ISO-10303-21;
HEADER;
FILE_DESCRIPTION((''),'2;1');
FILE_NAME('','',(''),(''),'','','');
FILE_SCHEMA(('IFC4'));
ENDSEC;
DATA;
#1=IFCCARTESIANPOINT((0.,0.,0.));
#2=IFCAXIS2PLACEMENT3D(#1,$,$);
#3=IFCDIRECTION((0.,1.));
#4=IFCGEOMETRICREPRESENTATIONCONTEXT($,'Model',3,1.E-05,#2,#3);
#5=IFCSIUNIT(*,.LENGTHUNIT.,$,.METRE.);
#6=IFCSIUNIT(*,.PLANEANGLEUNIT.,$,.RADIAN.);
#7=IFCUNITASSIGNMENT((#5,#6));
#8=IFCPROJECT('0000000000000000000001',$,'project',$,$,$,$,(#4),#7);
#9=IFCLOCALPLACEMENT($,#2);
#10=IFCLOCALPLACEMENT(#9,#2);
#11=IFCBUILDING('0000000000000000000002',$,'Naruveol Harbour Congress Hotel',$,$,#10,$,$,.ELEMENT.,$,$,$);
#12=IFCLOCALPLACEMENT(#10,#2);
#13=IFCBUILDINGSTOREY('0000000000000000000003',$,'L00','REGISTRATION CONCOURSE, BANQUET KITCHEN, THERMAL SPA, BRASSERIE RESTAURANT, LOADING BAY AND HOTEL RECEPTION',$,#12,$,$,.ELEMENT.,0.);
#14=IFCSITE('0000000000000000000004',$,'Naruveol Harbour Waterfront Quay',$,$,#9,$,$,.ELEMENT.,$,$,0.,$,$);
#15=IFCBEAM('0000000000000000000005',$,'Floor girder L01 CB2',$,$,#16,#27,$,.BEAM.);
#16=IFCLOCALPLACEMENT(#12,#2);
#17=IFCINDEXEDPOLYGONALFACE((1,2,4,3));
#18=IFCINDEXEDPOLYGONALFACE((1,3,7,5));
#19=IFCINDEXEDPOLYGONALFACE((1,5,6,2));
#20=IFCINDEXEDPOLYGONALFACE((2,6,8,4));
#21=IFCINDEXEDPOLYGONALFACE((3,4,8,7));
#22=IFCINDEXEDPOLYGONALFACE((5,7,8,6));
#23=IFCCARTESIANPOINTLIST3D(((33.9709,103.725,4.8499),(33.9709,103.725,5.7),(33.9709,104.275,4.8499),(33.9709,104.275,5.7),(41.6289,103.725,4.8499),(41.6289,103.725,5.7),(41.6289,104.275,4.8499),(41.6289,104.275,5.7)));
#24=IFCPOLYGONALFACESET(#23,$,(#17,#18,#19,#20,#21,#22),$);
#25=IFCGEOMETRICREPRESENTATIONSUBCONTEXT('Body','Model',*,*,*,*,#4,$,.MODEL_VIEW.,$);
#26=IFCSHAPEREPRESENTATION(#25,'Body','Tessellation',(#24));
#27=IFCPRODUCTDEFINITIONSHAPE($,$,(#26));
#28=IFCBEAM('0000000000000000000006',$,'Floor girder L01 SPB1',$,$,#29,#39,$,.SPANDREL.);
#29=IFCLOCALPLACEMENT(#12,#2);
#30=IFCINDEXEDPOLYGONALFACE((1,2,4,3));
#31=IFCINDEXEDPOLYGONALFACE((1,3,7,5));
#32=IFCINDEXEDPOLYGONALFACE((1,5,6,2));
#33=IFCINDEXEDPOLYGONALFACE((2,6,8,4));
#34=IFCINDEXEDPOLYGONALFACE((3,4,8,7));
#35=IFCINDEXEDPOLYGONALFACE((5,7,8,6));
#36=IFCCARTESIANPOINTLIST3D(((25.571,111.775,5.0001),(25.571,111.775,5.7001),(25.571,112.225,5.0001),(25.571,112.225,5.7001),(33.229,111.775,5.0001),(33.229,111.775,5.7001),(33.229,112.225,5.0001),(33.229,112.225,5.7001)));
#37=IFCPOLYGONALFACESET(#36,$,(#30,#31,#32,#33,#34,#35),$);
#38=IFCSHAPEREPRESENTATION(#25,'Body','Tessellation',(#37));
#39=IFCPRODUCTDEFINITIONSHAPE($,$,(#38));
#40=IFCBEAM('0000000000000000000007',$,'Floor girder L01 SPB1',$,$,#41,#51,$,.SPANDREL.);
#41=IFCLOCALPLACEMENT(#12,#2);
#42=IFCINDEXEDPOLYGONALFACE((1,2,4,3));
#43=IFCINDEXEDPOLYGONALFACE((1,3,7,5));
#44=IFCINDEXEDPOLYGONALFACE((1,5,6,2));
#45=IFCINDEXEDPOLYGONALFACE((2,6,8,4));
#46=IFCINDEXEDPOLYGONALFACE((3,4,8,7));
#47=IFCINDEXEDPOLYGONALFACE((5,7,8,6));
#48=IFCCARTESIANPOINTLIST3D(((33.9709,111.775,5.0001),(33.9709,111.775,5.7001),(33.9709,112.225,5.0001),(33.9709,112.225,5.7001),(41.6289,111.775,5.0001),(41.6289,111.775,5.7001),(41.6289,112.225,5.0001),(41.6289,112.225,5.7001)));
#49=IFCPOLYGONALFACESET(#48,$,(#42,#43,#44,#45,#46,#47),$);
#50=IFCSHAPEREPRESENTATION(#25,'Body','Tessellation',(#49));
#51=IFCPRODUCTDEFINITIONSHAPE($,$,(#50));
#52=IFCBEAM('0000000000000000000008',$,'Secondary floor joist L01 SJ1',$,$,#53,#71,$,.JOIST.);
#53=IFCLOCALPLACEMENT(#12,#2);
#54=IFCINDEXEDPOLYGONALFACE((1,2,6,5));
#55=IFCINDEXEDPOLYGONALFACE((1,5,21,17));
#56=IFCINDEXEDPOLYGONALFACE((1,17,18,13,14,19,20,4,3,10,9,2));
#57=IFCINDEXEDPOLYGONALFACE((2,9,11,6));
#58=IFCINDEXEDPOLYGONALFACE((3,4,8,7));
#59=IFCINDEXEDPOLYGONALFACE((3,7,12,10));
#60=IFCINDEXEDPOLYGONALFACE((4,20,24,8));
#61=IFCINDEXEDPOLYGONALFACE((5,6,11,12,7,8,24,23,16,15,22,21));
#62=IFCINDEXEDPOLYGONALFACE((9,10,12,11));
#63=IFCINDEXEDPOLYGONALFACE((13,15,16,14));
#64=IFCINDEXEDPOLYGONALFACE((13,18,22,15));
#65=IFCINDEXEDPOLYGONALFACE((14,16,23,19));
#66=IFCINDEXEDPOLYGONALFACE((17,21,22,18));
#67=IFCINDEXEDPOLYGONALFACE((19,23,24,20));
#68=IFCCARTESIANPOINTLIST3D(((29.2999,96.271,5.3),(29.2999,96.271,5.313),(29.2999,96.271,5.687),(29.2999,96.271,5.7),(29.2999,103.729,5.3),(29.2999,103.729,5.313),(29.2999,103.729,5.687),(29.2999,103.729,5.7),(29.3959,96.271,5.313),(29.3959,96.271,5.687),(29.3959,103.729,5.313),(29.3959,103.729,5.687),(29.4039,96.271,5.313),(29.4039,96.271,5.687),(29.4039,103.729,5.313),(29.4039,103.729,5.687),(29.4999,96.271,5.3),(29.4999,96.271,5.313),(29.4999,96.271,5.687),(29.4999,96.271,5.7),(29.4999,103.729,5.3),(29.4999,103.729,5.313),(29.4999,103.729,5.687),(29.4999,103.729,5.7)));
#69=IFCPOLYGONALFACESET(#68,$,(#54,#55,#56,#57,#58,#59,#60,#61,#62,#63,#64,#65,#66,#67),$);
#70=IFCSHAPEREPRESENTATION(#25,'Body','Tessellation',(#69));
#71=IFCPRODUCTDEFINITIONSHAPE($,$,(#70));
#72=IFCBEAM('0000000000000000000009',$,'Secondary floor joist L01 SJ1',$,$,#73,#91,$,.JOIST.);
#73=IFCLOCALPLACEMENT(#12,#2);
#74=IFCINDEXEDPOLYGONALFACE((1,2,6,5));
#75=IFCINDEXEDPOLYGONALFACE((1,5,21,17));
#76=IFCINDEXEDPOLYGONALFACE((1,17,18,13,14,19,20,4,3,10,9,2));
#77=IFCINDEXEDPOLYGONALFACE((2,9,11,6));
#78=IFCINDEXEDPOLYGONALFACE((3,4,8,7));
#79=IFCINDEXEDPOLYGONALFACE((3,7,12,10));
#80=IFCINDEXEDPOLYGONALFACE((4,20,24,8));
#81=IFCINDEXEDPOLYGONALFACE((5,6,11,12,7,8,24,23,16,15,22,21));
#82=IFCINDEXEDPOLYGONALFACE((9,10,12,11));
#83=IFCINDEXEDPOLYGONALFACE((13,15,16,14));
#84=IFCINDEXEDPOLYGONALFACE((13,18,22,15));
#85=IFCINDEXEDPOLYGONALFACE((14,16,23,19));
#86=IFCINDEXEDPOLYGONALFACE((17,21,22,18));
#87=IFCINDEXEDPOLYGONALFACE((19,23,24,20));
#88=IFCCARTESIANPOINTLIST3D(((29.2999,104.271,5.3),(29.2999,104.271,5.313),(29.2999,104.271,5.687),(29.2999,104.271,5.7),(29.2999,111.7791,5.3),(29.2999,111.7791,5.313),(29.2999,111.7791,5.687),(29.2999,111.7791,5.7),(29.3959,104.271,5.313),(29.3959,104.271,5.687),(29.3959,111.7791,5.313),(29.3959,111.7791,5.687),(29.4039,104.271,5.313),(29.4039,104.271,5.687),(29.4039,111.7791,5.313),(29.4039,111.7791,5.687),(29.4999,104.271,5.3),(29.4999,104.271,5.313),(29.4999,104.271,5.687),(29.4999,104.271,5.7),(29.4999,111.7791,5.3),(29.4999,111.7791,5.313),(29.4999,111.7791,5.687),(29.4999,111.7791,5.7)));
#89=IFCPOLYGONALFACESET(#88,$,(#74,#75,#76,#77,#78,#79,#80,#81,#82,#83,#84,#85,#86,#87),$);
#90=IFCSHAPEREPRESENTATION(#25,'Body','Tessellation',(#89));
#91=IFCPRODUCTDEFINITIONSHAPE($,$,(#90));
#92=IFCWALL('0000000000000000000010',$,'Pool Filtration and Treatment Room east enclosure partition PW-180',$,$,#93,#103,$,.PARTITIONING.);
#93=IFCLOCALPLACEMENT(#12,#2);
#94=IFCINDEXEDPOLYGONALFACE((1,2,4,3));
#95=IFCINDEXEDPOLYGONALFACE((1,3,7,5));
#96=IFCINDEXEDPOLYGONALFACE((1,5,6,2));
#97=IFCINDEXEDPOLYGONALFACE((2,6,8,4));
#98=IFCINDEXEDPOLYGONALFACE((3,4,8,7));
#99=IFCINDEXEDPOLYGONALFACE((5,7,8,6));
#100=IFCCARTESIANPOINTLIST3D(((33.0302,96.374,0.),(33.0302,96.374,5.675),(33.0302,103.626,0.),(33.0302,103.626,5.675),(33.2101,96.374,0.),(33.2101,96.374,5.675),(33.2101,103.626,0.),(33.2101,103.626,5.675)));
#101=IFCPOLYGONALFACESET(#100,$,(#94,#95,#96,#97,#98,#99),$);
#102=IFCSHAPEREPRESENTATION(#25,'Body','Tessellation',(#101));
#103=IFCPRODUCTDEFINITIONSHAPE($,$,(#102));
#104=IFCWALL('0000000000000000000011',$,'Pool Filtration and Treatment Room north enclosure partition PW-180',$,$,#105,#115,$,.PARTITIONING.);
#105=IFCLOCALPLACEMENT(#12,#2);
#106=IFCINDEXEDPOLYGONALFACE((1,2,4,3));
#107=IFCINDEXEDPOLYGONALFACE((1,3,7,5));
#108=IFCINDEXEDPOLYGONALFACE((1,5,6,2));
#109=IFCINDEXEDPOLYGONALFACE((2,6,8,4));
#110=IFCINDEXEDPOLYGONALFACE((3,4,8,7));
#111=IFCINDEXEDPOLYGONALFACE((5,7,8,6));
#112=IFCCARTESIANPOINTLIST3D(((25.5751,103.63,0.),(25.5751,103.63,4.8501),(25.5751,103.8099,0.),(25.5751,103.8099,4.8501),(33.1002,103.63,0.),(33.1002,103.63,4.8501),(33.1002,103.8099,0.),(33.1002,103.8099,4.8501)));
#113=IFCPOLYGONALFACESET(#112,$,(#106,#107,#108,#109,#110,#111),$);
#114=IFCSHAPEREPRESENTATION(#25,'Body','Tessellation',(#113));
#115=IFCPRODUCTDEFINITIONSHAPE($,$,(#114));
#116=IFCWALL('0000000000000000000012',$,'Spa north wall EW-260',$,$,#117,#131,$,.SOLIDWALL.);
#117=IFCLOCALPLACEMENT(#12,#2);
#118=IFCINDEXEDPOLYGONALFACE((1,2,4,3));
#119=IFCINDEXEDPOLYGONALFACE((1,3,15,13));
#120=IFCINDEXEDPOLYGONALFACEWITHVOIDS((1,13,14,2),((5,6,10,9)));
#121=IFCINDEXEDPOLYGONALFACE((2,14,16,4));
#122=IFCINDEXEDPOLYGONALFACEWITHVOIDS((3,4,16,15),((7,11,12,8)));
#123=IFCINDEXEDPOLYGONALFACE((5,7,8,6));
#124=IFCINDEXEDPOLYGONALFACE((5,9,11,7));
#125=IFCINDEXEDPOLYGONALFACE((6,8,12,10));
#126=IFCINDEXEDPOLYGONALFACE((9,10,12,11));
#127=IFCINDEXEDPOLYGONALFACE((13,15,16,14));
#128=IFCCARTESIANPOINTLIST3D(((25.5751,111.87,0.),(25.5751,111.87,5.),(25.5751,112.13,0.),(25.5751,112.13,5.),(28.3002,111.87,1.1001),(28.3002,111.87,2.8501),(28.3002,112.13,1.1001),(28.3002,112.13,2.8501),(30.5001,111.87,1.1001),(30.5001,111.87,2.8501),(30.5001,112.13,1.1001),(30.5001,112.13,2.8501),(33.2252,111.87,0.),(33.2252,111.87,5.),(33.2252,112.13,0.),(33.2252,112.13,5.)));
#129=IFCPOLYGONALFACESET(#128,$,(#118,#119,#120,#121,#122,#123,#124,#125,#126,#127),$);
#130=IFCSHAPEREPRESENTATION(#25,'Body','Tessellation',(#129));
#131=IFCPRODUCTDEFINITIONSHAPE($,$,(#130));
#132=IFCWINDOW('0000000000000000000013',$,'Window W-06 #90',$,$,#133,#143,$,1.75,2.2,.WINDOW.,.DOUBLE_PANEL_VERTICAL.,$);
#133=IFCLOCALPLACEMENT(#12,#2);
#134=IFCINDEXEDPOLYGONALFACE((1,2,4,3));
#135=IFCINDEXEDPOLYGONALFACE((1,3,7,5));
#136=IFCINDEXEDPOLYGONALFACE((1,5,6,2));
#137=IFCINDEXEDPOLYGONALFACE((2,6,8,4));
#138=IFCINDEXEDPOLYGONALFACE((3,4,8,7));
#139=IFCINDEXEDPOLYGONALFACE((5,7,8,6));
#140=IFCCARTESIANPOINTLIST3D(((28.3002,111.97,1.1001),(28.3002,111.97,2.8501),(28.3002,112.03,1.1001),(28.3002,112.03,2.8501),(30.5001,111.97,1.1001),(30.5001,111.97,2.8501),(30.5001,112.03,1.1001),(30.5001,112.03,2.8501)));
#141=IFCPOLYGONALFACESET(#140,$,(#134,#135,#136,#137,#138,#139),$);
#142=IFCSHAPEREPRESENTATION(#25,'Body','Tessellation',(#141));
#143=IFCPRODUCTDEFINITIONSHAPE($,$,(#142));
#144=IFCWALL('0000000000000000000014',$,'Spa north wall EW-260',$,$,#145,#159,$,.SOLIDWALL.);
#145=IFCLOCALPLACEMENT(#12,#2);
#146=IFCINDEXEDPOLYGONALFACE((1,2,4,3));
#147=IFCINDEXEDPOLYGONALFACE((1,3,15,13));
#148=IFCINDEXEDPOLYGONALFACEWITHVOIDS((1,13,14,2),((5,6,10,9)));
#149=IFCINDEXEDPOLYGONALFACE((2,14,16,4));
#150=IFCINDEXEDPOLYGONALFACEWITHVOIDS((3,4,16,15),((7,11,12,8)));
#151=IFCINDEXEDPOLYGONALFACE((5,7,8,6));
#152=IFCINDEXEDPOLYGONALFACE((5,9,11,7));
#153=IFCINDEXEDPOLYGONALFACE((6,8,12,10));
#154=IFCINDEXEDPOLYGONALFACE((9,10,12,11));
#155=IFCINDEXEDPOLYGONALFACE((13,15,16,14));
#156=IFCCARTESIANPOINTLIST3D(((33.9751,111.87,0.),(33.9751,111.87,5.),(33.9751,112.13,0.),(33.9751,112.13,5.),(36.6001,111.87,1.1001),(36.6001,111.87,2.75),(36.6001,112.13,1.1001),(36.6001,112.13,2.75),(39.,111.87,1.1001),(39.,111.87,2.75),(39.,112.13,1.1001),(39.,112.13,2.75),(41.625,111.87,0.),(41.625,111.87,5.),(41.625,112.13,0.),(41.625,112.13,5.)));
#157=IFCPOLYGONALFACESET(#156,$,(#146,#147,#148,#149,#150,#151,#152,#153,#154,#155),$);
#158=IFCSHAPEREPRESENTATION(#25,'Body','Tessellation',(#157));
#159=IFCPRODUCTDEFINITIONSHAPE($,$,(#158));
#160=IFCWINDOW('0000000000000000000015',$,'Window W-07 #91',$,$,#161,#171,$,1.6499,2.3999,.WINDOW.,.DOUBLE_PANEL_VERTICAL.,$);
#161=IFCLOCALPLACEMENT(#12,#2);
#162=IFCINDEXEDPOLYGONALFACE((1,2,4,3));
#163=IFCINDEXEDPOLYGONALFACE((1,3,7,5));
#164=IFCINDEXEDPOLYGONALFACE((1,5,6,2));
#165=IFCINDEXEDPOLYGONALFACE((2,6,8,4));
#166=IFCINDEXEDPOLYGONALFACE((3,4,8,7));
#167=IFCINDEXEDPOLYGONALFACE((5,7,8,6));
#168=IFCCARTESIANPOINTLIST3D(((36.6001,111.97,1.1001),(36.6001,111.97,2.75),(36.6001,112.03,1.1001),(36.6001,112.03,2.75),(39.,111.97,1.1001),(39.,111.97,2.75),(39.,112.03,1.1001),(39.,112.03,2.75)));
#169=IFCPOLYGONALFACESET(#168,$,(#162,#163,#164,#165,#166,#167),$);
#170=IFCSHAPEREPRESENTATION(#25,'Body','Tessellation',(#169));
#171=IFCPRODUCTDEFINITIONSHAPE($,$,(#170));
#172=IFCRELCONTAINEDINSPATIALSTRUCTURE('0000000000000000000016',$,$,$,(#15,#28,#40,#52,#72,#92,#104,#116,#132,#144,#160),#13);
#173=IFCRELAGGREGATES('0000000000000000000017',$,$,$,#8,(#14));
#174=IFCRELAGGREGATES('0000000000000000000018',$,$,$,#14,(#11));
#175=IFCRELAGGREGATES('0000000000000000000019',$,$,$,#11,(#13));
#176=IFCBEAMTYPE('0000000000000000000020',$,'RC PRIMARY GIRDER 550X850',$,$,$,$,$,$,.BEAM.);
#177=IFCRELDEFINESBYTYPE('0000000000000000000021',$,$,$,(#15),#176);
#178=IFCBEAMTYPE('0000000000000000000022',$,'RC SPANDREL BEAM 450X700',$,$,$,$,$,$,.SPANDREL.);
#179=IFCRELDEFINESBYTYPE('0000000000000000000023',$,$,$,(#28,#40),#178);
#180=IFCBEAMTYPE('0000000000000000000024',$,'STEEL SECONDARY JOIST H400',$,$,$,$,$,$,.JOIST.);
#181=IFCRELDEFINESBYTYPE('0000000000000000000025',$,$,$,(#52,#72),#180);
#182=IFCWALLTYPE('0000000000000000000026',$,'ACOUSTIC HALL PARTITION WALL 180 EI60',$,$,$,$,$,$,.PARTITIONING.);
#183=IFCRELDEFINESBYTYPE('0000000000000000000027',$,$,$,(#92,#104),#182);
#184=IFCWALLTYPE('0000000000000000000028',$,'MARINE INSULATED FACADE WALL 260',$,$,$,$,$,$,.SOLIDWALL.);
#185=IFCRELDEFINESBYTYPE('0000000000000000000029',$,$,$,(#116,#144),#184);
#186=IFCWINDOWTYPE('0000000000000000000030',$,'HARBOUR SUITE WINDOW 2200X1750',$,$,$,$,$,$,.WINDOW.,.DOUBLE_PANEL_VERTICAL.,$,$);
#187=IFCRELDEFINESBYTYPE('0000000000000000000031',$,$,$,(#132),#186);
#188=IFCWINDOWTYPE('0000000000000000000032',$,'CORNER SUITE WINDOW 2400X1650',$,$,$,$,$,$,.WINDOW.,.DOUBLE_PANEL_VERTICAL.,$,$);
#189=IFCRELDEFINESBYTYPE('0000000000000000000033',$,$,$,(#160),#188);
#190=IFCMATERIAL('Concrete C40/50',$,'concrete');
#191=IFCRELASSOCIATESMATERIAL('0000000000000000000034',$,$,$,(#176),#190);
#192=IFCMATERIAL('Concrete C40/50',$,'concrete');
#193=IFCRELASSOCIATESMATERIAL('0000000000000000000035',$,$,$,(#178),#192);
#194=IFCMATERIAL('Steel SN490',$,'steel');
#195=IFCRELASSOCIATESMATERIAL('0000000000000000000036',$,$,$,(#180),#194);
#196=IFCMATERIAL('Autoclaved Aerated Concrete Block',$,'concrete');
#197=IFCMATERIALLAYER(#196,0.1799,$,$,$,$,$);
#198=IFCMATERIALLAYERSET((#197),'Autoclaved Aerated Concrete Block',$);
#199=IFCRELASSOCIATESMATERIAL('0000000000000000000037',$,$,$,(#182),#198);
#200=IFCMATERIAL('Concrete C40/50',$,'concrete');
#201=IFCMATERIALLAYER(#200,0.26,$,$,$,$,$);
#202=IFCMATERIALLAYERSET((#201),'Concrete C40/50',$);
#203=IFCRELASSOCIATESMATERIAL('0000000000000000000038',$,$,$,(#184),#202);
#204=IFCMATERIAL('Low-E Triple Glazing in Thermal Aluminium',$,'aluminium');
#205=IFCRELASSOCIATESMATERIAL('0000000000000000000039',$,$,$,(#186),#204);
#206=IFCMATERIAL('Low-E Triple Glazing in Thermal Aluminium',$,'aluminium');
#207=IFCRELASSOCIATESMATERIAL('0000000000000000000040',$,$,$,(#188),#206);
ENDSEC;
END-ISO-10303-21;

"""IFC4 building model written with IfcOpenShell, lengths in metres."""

from ifc_helpers import new_model, si_unit, direction, frame, frame_2d, origin, origin_2d, place, context, subcontext, project, spatial, rectangle, i_section, extrude, material, layer, layer_set, material_profile, profile_set, type_object, element, fill, save


model = new_model("IFC4")

# Units and contexts
model_context = context("Model", 3, precision=1e-05, world=origin(), true_north=direction((0.0, 1.0)))
body_context = subcontext(model_context, "Body", "Model", "MODEL_VIEW")
ifc_project = project(units=[si_unit("LENGTHUNIT", "METRE"), si_unit("PLANEANGLEUNIT", "RADIAN")], contexts=[model_context])

# Site, building, storey
site_placement = place(None, origin())
site = spatial("IfcSite", under=ifc_project, at=site_placement, Name="Naruveol Harbour Waterfront Quay", CompositionType="ELEMENT", RefElevation=0.0)
building_placement = place(site_placement, origin())
building = spatial("IfcBuilding", under=site, at=building_placement, Name="Naruveol Harbour Congress Hotel", CompositionType="ELEMENT")
storey_placement = place(building_placement, origin())
storey = spatial("IfcBuildingStorey", under=building, at=storey_placement, Name="L00", Description="REGISTRATION CONCOURSE, BANQUET KITCHEN, THERMAL SPA, BRASSERIE RESTAURANT, LOADING BAY AND HOTEL RECEPTION", CompositionType="ELEMENT", Elevation=0.0)

# Beams
ifc_material_1 = material(Name="Concrete C40/50", Category="concrete")
ifc_material_profile_1 = material_profile(ifc_material_1, rectangle(XDim=0.55, YDim=0.8501, at=origin_2d()), Name="RCB-550x850")
ifc_profile_set_1 = profile_set([ifc_material_profile_1], Name="Concrete C40/50")
beam_type_1 = type_object("IfcBeamType", Name="RC PRIMARY GIRDER 550X850", PredefinedType="BEAM", material=ifc_profile_set_1)
for number, where, z_axis, x_axis, name in (
    (1, (33.9709, 104.0, 5.2749), (1.0, 0.0, 0.0), (0.0, 1.0, 0.0), "Floor girder L01 CB2"),
):
    element("IfcBeam", number, at=place(storey_placement, frame(where, z_axis=z_axis, x_axis=x_axis)), inside=storey, type_object=beam_type_1, Name=name, PredefinedType="BEAM", context=body_context, shape_type="SweptSolid", body=[
        extrude(rectangle(XDim=0.55, YDim=0.8501, at=origin_2d()), origin(), (0.0, 0.0, 1.0), 7.658),
    ])
ifc_material_2 = material(Name="Concrete C40/50", Category="concrete")
ifc_material_profile_2 = material_profile(ifc_material_2, rectangle(XDim=0.45, YDim=0.7, at=origin_2d()), Name="RCB-450x700")
ifc_profile_set_2 = profile_set([ifc_material_profile_2], Name="Concrete C40/50")
beam_type_2 = type_object("IfcBeamType", Name="RC SPANDREL BEAM 450X700", PredefinedType="SPANDREL", material=ifc_profile_set_2)
for number, where, z_axis, x_axis, name in (
    (2, (25.571, 112.0, 5.3501), (1.0, 0.0, 0.0), (0.0, 1.0, 0.0), "Floor girder L01 SPB1"),
    (3, (33.9709, 112.0, 5.3501), (1.0, 0.0, 0.0), (0.0, 1.0, 0.0), "Floor girder L01 SPB1"),
):
    element("IfcBeam", number, at=place(storey_placement, frame(where, z_axis=z_axis, x_axis=x_axis)), inside=storey, type_object=beam_type_2, Name=name, PredefinedType="SPANDREL", context=body_context, shape_type="SweptSolid", body=[
        extrude(rectangle(XDim=0.45, YDim=0.7, at=origin_2d()), origin(), (0.0, 0.0, 1.0), 7.658),
    ])
ifc_material_3 = material(Name="Steel SN490", Category="steel")
ifc_material_profile_3 = material_profile(ifc_material_3, i_section(OverallWidth=0.2, OverallDepth=0.3999, WebThickness=0.0081, FlangeThickness=0.0129, at=origin_2d()), Name="H-400x200x8x13")
ifc_profile_set_3 = profile_set([ifc_material_profile_3], Name="Steel SN490")
beam_type_3 = type_object("IfcBeamType", Name="STEEL SECONDARY JOIST H400", PredefinedType="JOIST", material=ifc_profile_set_3)
beam_1_placement = place(storey_placement, frame((29.3999, 96.271, 5.5), z_axis=(0.0, 1.0, 0.0), x_axis=(-1.0, 0.0, 0.0)))
element("IfcBeam", 4, at=beam_1_placement, inside=storey, type_object=beam_type_3, Name="Secondary floor joist L01 SJ1", PredefinedType="JOIST", context=body_context, shape_type="SweptSolid", body=[
    extrude(i_section(OverallWidth=0.2, OverallDepth=0.3999, WebThickness=0.0081, FlangeThickness=0.0129, at=origin_2d()), origin(), (0.0, 0.0, 1.0), 7.458),
])
beam_2_placement = place(storey_placement, frame((29.3999, 104.271, 5.5), z_axis=(0.0, 1.0, 0.0), x_axis=(-1.0, 0.0, 0.0)))
element("IfcBeam", 5, at=beam_2_placement, inside=storey, type_object=beam_type_3, Name="Secondary floor joist L01 SJ1", PredefinedType="JOIST", context=body_context, shape_type="SweptSolid", body=[
    extrude(i_section(OverallWidth=0.2, OverallDepth=0.3999, WebThickness=0.0081, FlangeThickness=0.0129, at=origin_2d()), origin(), (0.0, 0.0, 1.0), 7.5081),
])

# Walls
ifc_material_4 = material(Name="Autoclaved Aerated Concrete Block", Category="concrete")
ifc_layer_1 = layer(ifc_material_4, 0.1799)
ifc_layer_set_1 = layer_set([ifc_layer_1], Name="Autoclaved Aerated Concrete Block")
wall_type_1 = type_object("IfcWallType", Name="ACOUSTIC HALL PARTITION WALL 180 EI60", PredefinedType="PARTITIONING", material=ifc_layer_set_1)
wall_1_placement = place(storey_placement, frame((33.1201, 96.374, 0.0), z_axis=(0.0, 0.0, 1.0), x_axis=(0.0, 1.0, 0.0)))
element("IfcWall", 6, at=wall_1_placement, inside=storey, type_object=wall_type_1, Name="Pool Filtration and Treatment Room east enclosure partition PW-180", PredefinedType="PARTITIONING", context=body_context, shape_type="SweptSolid", body=[
    extrude(rectangle(XDim=7.252, YDim=0.1799, at=frame_2d((3.626, 0.0))), origin(), (0.0, 0.0, 1.0), 5.675),
])
wall_2_placement = place(storey_placement, frame((25.575, 103.72, 0.0), z_axis=(0.0, 0.0, 1.0), x_axis=(1.0, 0.0, 0.0)))
element("IfcWall", 7, at=wall_2_placement, inside=storey, type_object=wall_type_1, Name="Pool Filtration and Treatment Room north enclosure partition PW-180", PredefinedType="PARTITIONING", context=body_context, shape_type="SweptSolid", body=[
    extrude(rectangle(XDim=7.5251, YDim=0.1799, at=frame_2d((3.7627, 0.0))), origin(), (0.0, 0.0, 1.0), 4.8501),
])

# Walls, openings, windows
ifc_material_5 = material(Name="Concrete C40/50", Category="concrete")
ifc_layer_2 = layer(ifc_material_5, 0.26)
ifc_layer_set_2 = layer_set([ifc_layer_2], Name="Concrete C40/50")
wall_type_2 = type_object("IfcWallType", Name="MARINE INSULATED FACADE WALL 260", PredefinedType="SOLIDWALL", material=ifc_layer_set_2)
wall_3_placement = place(storey_placement, frame((25.575, 112.0, 0.0), z_axis=(0.0, 0.0, 1.0), x_axis=(1.0, 0.0, 0.0)))
wall_3 = element("IfcWall", 8, at=wall_3_placement, inside=storey, type_object=wall_type_2, Name="Spa north wall EW-260", PredefinedType="SOLIDWALL", context=body_context, shape_type="SweptSolid", body=[
    extrude(rectangle(XDim=7.6501, YDim=0.26, at=frame_2d((3.8252, 0.0))), origin(), (0.0, 0.0, 1.0), 5.0),
])
opening_1_placement = place(wall_3_placement, frame((2.7251, 0.0, 1.1001)))
opening_1 = element("IfcOpeningElement", 9, at=opening_1_placement, cuts=wall_3, PredefinedType="OPENING", context=body_context, shape_type="SweptSolid", body=[
    extrude(rectangle(XDim=2.2, YDim=1.75, at=frame_2d((1.1001, 0.875))), frame((0.0, 0.1399, 0.0), z_axis=(0.0, -1.0, 0.0), x_axis=(1.0, 0.0, 0.0)), (0.0, 0.0, 1.0), 0.28),
])
ifc_material_6 = material(Name="Low-E Triple Glazing in Thermal Aluminium", Category="aluminium")
window_type_1 = type_object("IfcWindowType", Name="HARBOUR SUITE WINDOW 2200X1750", PartitioningType="DOUBLE_PANEL_VERTICAL", PredefinedType="WINDOW", material=ifc_material_6)
window_1_placement = place(opening_1_placement, origin())
window_1 = element("IfcWindow", 10, at=window_1_placement, inside=storey, type_object=window_type_1, Name="Window W-06 #90", OverallHeight=1.75, OverallWidth=2.2, PartitioningType="DOUBLE_PANEL_VERTICAL", PredefinedType="WINDOW", context=body_context, shape_type="SweptSolid", body=[
    extrude(rectangle(XDim=2.2, YDim=1.75, at=frame_2d((1.1001, 0.875))), frame((0.0, 0.03, 0.0), z_axis=(0.0, -1.0, 0.0), x_axis=(1.0, 0.0, 0.0)), (0.0, 0.0, 1.0), 0.0601),
])
fill(opening_1, window_1)
wall_4_placement = place(storey_placement, frame((33.9751, 112.0, 0.0), z_axis=(0.0, 0.0, 1.0), x_axis=(1.0, 0.0, 0.0)))
wall_4 = element("IfcWall", 11, at=wall_4_placement, inside=storey, type_object=wall_type_2, Name="Spa north wall EW-260", PredefinedType="SOLIDWALL", context=body_context, shape_type="SweptSolid", body=[
    extrude(rectangle(XDim=7.6499, YDim=0.26, at=frame_2d((3.825, 0.0))), origin(), (0.0, 0.0, 1.0), 5.0),
])
opening_2_placement = place(wall_4_placement, frame((2.625, 0.0, 1.1001)))
opening_2 = element("IfcOpeningElement", 12, at=opening_2_placement, cuts=wall_4, PredefinedType="OPENING", context=body_context, shape_type="SweptSolid", body=[
    extrude(rectangle(XDim=2.3999, YDim=1.6499, at=frame_2d((1.2, 0.825))), frame((0.0, 0.1399, 0.0), z_axis=(0.0, -1.0, 0.0), x_axis=(1.0, 0.0, 0.0)), (0.0, 0.0, 1.0), 0.28),
])
ifc_material_7 = material(Name="Low-E Triple Glazing in Thermal Aluminium", Category="aluminium")
window_type_2 = type_object("IfcWindowType", Name="CORNER SUITE WINDOW 2400X1650", PartitioningType="DOUBLE_PANEL_VERTICAL", PredefinedType="WINDOW", material=ifc_material_7)
window_2_placement = place(opening_2_placement, origin())
window_2 = element("IfcWindow", 13, at=window_2_placement, inside=storey, type_object=window_type_2, Name="Window W-07 #91", OverallHeight=1.6499, OverallWidth=2.3999, PartitioningType="DOUBLE_PANEL_VERTICAL", PredefinedType="WINDOW", context=body_context, shape_type="SweptSolid", body=[
    extrude(rectangle(XDim=2.3999, YDim=1.6499, at=frame_2d((1.2, 0.825))), frame((0.0, 0.03, 0.0), z_axis=(0.0, -1.0, 0.0), x_axis=(1.0, 0.0, 0.0)), (0.0, 0.0, 1.0), 0.0601),
])
fill(opening_2, window_2)

save(model, "model.ifc")
